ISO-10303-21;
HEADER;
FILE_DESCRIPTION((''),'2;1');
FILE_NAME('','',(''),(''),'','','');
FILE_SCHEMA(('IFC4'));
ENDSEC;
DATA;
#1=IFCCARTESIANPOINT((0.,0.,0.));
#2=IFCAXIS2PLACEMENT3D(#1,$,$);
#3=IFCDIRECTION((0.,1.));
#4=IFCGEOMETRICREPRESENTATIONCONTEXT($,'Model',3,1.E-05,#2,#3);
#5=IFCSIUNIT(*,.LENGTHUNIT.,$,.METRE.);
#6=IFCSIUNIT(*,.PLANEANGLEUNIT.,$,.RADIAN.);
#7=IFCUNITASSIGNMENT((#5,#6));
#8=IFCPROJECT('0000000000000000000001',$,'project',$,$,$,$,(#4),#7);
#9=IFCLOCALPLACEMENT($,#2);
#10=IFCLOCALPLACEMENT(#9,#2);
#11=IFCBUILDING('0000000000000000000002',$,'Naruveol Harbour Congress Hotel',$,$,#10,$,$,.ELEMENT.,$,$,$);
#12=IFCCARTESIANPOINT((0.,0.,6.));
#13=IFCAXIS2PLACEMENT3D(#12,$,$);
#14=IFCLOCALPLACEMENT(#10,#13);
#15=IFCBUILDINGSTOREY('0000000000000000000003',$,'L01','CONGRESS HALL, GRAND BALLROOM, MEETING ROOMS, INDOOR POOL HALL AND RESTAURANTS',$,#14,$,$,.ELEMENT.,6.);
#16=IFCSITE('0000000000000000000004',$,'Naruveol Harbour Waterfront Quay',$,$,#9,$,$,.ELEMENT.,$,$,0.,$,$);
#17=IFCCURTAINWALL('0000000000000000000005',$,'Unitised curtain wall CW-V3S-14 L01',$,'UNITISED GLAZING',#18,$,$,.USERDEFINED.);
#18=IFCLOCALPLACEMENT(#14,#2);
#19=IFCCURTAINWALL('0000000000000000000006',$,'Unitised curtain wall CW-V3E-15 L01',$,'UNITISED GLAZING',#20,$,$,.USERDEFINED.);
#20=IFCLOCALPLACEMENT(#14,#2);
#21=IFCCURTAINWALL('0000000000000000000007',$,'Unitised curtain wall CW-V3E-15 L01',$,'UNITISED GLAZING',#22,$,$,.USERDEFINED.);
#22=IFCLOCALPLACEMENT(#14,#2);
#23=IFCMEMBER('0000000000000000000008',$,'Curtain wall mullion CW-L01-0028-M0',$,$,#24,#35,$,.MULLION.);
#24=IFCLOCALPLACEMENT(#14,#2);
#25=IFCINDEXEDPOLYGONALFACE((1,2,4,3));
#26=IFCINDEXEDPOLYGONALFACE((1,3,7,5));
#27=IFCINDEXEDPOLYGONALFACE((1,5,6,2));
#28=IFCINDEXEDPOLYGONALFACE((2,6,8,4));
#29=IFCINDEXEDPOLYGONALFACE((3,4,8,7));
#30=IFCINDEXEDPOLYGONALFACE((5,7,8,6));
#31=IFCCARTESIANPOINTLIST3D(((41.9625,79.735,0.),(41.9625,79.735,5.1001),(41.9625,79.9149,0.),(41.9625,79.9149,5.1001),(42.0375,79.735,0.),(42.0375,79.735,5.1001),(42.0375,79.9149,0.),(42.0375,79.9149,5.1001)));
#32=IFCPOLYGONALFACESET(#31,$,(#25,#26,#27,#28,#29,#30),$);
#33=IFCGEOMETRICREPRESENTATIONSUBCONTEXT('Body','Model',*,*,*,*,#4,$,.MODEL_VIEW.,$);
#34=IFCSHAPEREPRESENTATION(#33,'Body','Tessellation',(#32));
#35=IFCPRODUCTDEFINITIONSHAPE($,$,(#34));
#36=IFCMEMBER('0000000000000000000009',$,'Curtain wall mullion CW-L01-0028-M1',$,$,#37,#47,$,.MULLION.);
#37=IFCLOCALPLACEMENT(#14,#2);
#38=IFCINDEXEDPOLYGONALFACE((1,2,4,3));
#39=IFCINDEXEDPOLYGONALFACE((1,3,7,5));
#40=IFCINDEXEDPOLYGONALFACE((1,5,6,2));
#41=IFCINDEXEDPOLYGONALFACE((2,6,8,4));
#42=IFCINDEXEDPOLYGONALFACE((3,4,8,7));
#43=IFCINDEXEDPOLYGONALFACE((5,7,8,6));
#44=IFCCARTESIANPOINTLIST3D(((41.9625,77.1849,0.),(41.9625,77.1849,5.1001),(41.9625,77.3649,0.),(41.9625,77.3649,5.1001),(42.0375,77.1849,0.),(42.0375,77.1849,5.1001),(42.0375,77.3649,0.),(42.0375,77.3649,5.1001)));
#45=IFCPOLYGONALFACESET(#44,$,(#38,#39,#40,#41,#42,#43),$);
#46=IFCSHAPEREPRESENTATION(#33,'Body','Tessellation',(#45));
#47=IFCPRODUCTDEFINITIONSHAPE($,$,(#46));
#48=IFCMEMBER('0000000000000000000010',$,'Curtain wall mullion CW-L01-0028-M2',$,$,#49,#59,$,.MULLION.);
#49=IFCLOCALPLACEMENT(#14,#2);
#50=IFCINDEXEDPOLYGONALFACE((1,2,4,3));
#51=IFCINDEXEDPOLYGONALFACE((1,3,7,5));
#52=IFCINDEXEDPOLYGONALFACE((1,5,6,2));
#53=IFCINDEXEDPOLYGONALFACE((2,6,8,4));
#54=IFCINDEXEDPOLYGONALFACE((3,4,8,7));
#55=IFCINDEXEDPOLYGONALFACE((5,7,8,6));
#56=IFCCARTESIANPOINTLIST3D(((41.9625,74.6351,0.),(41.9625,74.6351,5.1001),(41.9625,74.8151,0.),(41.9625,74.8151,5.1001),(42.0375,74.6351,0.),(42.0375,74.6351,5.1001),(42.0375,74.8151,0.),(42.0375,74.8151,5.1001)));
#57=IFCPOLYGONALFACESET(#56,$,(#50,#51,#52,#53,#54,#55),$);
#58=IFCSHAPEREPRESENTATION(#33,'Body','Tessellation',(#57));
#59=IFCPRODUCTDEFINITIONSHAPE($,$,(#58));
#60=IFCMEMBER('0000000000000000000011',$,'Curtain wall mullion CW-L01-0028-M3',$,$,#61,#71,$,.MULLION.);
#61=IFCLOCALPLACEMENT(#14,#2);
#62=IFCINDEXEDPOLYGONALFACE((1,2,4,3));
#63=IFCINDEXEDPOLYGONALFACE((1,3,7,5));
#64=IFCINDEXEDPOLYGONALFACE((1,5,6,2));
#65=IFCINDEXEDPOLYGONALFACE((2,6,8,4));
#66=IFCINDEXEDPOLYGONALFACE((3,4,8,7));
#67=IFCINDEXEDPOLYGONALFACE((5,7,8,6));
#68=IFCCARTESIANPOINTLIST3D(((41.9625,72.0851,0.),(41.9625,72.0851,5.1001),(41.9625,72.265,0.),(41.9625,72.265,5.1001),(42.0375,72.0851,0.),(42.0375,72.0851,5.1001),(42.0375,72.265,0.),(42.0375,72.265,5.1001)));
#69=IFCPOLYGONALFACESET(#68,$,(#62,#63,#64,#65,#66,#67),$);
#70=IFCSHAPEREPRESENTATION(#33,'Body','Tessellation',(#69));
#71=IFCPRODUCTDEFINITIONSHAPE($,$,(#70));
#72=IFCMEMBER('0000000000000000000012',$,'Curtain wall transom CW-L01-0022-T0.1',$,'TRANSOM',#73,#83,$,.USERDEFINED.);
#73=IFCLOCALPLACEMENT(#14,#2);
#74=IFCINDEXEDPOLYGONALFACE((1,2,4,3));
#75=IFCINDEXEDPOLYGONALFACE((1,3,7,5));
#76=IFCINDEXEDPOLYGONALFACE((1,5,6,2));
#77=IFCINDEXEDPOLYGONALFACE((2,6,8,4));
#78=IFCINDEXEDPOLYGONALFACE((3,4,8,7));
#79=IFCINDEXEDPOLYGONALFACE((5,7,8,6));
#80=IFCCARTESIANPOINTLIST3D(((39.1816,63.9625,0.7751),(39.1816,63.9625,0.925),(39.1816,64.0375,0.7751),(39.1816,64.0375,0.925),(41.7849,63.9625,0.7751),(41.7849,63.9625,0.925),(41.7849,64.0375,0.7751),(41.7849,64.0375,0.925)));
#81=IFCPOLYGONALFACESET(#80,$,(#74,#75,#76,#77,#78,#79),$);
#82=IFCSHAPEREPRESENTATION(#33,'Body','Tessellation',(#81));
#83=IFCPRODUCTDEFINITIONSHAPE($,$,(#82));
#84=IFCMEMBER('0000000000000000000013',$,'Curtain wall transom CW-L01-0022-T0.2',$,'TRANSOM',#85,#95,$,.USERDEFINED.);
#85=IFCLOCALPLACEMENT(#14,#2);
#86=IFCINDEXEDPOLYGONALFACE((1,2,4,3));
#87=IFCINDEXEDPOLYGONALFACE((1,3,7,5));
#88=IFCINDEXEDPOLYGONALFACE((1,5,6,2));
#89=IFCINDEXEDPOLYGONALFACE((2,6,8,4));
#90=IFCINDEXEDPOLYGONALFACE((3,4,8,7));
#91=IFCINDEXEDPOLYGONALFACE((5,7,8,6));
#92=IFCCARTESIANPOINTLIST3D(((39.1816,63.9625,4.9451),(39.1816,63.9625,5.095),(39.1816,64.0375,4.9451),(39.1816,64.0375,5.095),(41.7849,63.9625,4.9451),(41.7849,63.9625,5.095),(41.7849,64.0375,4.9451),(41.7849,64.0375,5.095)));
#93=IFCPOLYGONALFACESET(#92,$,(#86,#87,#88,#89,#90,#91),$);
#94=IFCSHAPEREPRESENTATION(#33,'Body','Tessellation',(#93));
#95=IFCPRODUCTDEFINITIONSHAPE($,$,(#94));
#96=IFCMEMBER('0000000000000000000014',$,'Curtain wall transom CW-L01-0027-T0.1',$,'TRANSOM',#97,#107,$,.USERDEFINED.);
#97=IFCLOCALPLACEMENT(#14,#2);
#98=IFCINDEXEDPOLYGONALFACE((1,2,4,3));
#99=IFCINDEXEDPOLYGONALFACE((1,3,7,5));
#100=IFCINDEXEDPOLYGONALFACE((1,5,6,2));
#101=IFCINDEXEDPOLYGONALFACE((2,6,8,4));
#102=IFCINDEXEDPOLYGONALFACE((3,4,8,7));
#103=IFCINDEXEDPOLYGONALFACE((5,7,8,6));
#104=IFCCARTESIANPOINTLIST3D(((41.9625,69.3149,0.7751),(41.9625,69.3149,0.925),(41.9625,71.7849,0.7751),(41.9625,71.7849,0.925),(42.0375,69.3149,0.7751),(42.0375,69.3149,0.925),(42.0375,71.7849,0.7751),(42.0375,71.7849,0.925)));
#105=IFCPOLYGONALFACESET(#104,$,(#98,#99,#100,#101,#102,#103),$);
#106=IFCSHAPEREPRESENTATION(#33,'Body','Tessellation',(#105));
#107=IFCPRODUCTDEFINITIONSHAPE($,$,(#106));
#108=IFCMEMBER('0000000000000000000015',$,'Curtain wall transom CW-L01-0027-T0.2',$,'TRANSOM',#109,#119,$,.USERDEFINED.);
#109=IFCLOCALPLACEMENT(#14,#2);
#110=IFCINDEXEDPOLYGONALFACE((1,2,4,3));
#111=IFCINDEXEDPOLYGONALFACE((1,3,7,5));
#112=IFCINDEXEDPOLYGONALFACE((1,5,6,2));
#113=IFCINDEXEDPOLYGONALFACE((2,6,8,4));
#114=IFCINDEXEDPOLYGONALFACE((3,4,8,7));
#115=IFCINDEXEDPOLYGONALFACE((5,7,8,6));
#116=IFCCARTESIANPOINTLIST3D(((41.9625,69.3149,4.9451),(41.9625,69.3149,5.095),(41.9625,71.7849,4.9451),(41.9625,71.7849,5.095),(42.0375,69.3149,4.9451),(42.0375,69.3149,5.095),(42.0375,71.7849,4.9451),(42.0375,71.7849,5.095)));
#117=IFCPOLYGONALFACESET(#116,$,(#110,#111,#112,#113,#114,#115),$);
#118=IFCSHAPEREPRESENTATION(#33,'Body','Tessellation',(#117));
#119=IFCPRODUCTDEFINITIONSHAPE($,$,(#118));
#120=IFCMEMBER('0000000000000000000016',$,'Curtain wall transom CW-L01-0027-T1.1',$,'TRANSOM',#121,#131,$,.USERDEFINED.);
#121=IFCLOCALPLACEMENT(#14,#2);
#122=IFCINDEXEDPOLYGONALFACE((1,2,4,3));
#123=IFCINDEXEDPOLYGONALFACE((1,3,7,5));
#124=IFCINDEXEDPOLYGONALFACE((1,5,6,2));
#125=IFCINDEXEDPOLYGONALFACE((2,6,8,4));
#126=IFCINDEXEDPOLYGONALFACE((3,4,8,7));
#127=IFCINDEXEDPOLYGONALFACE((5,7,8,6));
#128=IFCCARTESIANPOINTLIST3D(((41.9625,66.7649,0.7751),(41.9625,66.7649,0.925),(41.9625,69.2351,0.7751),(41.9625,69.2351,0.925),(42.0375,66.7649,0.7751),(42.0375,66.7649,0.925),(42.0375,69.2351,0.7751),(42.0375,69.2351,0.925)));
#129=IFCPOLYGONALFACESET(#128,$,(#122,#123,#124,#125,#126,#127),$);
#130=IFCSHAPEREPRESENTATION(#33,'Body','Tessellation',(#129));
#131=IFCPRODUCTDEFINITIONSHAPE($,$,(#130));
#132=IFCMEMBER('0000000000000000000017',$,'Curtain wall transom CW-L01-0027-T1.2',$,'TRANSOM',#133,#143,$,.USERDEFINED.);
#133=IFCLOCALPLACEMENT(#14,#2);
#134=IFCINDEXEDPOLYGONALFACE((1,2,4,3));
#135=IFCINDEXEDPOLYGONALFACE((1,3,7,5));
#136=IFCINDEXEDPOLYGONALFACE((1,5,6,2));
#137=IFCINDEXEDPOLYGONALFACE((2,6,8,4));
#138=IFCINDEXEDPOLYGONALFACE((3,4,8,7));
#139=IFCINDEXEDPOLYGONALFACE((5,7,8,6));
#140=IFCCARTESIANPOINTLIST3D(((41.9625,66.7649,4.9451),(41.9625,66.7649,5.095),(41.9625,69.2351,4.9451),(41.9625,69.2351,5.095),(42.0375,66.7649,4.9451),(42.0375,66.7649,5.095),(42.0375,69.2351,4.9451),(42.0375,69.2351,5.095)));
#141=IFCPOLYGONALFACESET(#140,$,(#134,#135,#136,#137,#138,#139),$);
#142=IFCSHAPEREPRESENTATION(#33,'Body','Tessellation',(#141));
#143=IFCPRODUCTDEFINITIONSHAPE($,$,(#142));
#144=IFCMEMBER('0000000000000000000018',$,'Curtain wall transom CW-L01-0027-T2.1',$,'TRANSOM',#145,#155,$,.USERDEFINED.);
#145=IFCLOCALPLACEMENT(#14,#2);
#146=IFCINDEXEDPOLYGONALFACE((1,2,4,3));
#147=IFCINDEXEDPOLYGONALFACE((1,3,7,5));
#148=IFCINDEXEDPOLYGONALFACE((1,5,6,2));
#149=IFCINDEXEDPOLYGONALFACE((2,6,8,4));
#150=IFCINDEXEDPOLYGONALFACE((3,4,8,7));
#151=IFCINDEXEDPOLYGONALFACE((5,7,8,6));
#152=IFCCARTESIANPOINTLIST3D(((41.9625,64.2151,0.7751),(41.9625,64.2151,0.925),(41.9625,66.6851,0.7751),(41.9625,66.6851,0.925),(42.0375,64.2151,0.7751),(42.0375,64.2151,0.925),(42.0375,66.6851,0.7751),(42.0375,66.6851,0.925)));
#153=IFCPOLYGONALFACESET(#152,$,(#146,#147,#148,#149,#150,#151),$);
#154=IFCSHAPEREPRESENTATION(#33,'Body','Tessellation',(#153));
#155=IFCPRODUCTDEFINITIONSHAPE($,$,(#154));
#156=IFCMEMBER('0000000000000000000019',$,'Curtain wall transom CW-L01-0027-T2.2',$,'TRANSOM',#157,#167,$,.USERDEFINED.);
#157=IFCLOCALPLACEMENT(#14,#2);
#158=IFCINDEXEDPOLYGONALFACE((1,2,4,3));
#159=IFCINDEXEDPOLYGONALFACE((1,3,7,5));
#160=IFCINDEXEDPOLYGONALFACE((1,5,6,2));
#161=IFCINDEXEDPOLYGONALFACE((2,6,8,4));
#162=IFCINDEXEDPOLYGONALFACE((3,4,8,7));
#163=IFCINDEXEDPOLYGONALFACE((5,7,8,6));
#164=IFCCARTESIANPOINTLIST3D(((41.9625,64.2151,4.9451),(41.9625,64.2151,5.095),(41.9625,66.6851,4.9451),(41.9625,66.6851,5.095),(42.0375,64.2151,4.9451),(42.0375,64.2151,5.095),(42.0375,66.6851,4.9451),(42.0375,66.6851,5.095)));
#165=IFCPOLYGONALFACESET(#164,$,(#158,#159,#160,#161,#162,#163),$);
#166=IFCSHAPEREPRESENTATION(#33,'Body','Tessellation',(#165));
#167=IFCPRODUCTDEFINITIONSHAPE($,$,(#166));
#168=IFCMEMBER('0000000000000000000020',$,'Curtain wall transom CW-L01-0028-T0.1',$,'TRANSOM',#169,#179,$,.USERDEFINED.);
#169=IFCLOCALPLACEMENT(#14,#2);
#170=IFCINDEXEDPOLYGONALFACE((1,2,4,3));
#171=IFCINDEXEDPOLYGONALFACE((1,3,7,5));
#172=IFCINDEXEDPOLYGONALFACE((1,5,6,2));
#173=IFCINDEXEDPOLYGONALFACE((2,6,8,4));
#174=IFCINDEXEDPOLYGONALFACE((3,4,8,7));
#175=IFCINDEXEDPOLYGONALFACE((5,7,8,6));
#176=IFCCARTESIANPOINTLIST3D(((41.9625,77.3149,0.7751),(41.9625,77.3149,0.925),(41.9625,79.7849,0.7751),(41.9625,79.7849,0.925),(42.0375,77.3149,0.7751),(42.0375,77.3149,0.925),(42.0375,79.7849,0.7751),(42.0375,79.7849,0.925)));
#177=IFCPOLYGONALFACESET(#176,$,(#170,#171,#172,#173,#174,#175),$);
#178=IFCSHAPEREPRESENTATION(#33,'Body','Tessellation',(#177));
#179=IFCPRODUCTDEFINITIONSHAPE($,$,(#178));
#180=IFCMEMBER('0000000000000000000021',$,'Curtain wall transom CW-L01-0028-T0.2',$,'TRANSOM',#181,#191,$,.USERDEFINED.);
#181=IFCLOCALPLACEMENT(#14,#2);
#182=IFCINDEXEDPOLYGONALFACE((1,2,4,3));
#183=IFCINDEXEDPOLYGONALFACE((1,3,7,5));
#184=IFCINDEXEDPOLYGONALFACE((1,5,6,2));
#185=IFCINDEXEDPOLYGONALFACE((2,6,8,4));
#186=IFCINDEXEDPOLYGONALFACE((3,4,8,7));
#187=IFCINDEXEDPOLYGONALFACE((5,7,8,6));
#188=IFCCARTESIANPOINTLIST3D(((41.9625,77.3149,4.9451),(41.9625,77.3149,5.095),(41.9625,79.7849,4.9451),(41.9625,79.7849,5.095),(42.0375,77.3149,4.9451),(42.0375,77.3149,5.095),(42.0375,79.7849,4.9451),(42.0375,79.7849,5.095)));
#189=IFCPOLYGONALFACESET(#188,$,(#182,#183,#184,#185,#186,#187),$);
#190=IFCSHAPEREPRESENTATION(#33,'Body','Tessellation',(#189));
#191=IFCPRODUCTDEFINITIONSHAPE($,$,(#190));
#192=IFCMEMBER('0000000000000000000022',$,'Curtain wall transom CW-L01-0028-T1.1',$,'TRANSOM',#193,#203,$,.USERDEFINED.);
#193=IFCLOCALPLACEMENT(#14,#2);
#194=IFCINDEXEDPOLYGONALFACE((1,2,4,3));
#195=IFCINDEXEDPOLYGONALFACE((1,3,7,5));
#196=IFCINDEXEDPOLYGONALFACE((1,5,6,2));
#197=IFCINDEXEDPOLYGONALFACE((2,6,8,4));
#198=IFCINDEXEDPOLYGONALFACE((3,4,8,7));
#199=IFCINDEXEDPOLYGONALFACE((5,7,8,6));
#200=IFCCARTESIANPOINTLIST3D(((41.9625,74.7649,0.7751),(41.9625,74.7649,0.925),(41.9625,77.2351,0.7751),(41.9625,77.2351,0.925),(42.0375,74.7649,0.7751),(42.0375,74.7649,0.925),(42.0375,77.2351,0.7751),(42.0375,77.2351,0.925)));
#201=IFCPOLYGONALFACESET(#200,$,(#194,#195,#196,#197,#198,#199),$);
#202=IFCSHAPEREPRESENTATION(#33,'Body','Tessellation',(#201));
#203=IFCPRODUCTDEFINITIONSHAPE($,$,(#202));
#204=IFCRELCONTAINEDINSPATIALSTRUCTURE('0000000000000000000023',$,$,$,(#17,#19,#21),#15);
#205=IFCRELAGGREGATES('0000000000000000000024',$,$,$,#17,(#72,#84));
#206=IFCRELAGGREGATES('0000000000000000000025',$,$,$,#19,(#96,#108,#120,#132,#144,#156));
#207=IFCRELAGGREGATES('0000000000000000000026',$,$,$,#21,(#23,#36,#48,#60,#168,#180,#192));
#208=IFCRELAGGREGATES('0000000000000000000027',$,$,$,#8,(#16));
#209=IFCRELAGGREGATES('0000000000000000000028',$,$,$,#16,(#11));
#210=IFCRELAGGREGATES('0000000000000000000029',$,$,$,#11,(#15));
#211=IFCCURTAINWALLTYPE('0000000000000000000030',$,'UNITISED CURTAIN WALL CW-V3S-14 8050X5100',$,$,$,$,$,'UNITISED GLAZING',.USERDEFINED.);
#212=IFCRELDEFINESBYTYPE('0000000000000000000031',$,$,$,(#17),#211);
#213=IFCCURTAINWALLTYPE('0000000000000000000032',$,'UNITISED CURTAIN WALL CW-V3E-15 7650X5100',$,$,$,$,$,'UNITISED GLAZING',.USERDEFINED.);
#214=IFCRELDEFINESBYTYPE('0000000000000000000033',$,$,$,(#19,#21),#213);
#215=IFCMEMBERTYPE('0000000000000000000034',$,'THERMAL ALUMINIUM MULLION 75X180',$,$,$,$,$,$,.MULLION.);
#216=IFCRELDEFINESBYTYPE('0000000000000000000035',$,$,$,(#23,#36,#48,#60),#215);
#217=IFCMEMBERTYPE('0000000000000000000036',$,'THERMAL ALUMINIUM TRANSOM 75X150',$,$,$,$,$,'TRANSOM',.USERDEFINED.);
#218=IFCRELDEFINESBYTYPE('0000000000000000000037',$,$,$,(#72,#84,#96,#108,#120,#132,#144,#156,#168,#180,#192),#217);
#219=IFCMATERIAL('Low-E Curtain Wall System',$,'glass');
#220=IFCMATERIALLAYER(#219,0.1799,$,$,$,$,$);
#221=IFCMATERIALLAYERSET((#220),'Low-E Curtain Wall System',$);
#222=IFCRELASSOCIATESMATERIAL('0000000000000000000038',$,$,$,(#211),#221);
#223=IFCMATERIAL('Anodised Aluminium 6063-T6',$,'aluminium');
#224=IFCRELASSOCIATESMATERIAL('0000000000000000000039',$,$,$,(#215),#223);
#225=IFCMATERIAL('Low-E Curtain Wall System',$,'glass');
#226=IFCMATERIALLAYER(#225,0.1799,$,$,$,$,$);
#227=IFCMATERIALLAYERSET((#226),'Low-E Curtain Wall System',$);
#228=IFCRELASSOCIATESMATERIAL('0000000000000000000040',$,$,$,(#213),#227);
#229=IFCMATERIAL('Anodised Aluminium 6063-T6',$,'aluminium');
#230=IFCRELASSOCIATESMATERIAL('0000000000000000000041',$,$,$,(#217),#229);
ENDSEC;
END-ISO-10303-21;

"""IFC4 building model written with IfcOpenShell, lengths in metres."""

from ifc_helpers import new_model, si_unit, direction, frame, origin, origin_2d, place, context, subcontext, project, spatial, rectangle, extrude, material, layer, layer_set, material_profile, profile_set, type_object, element, aggregate, save


model = new_model("IFC4")

# Units and contexts
model_context = context("Model", 3, precision=1e-05, world=origin(), true_north=direction((0.0, 1.0)))
body_context = subcontext(model_context, "Body", "Model", "MODEL_VIEW")
ifc_project = project(units=[si_unit("LENGTHUNIT", "METRE"), si_unit("PLANEANGLEUNIT", "RADIAN")], contexts=[model_context])

# Site, building, storey
site_placement = place(None, origin())
site = spatial("IfcSite", under=ifc_project, at=site_placement, Name="Naruveol Harbour Waterfront Quay", CompositionType="ELEMENT", RefElevation=0.0)
building_placement = place(site_placement, origin())
building = spatial("IfcBuilding", under=site, at=building_placement, Name="Naruveol Harbour Congress Hotel", CompositionType="ELEMENT")
storey_placement = place(building_placement, frame((0.0, 0.0, 6.0)))
storey = spatial("IfcBuildingStorey", under=building, at=storey_placement, Name="L01", Description="CONGRESS HALL, GRAND BALLROOM, MEETING ROOMS, INDOOR POOL HALL AND RESTAURANTS", CompositionType="ELEMENT", Elevation=6.0)

# Curtain walls, members
ifc_material_1 = material(Name="Low-E Curtain Wall System", Category="glass")
ifc_layer_1 = layer(ifc_material_1, 0.1799)
ifc_layer_set_1 = layer_set([ifc_layer_1], Name="Low-E Curtain Wall System")
curtain_wall_type_1 = type_object("IfcCurtainWallType", Name="UNITISED CURTAIN WALL CW-V3S-14 8050X5100", ElementType="UNITISED GLAZING", PredefinedType="USERDEFINED", material=ifc_layer_set_1)
curtain_wall_1_placement = place(storey_placement, origin())
curtain_wall_1 = element("IfcCurtainWall", 1, at=curtain_wall_1_placement, inside=storey, type_object=curtain_wall_type_1, Name="Unitised curtain wall CW-V3S-14 L01", ObjectType="UNITISED GLAZING", PredefinedType="USERDEFINED")
ifc_material_2 = material(Name="Anodised Aluminium 6063-T6", Category="aluminium")
ifc_material_profile_1 = material_profile(ifc_material_2, rectangle(XDim=0.075, YDim=0.1799, at=origin_2d()), Name="ALU-75x180")
ifc_profile_set_1 = profile_set([ifc_material_profile_1], Name="Anodised Aluminium 6063-T6")
member_type_1 = type_object("IfcMemberType", Name="THERMAL ALUMINIUM MULLION 75X180", PredefinedType="MULLION", material=ifc_profile_set_1)
ifc_material_3 = material(Name="Low-E Curtain Wall System", Category="glass")
ifc_layer_2 = layer(ifc_material_3, 0.1799)
ifc_layer_set_2 = layer_set([ifc_layer_2], Name="Low-E Curtain Wall System")
curtain_wall_type_2 = type_object("IfcCurtainWallType", Name="UNITISED CURTAIN WALL CW-V3E-15 7650X5100", ElementType="UNITISED GLAZING", PredefinedType="USERDEFINED", material=ifc_layer_set_2)
curtain_wall_2_placement = place(storey_placement, origin())
curtain_wall_2 = element("IfcCurtainWall", 2, at=curtain_wall_2_placement, inside=storey, type_object=curtain_wall_type_2, Name="Unitised curtain wall CW-V3E-15 L01", ObjectType="UNITISED GLAZING", PredefinedType="USERDEFINED")
curtain_wall_3_placement = place(storey_placement, origin())
curtain_wall_3 = element("IfcCurtainWall", 3, at=curtain_wall_3_placement, inside=storey, type_object=curtain_wall_type_2, Name="Unitised curtain wall CW-V3E-15 L01", ObjectType="UNITISED GLAZING", PredefinedType="USERDEFINED")
member_1_placement = place(storey_placement, frame((42.0, 79.825, 0.0), z_axis=(0.0, 0.0, 1.0), x_axis=(1.0, 0.0, 0.0)))
member_1 = element("IfcMember", 4, at=member_1_placement, type_object=member_type_1, Name="Curtain wall mullion CW-L01-0028-M0", PredefinedType="MULLION", context=body_context, shape_type="SweptSolid", body=[
    extrude(rectangle(XDim=0.075, YDim=0.1799, at=origin_2d()), origin(), (0.0, 0.0, 1.0), 5.1001),
])
member_2_placement = place(storey_placement, frame((42.0, 77.2749, 0.0), z_axis=(0.0, 0.0, 1.0), x_axis=(1.0, 0.0, 0.0)))
member_2 = element("IfcMember", 5, at=member_2_placement, type_object=member_type_1, Name="Curtain wall mullion CW-L01-0028-M1", PredefinedType="MULLION", context=body_context, shape_type="SweptSolid", body=[
    extrude(rectangle(XDim=0.075, YDim=0.1799, at=origin_2d()), origin(), (0.0, 0.0, 1.0), 5.1001),
])
member_3_placement = place(storey_placement, frame((42.0, 74.7251, 0.0), z_axis=(0.0, 0.0, 1.0), x_axis=(1.0, 0.0, 0.0)))
member_3 = element("IfcMember", 6, at=member_3_placement, type_object=member_type_1, Name="Curtain wall mullion CW-L01-0028-M2", PredefinedType="MULLION", context=body_context, shape_type="SweptSolid", body=[
    extrude(rectangle(XDim=0.075, YDim=0.1799, at=origin_2d()), origin(), (0.0, 0.0, 1.0), 5.1001),
])
member_4_placement = place(storey_placement, frame((42.0, 72.175, 0.0), z_axis=(0.0, 0.0, 1.0), x_axis=(1.0, 0.0, 0.0)))
member_4 = element("IfcMember", 7, at=member_4_placement, type_object=member_type_1, Name="Curtain wall mullion CW-L01-0028-M3", PredefinedType="MULLION", context=body_context, shape_type="SweptSolid", body=[
    extrude(rectangle(XDim=0.075, YDim=0.1799, at=origin_2d()), origin(), (0.0, 0.0, 1.0), 5.1001),
])

# Members
ifc_material_4 = material(Name="Anodised Aluminium 6063-T6", Category="aluminium")
ifc_material_profile_2 = material_profile(ifc_material_4, rectangle(XDim=0.075, YDim=0.1499, at=origin_2d()), Name="ALU-75x150")
ifc_profile_set_2 = profile_set([ifc_material_profile_2], Name="Anodised Aluminium 6063-T6")
member_type_2 = type_object("IfcMemberType", Name="THERMAL ALUMINIUM TRANSOM 75X150", ElementType="TRANSOM", PredefinedType="USERDEFINED", material=ifc_profile_set_2)
member_5_placement = place(storey_placement, frame((41.7849, 64.0, 0.8501), z_axis=(-1.0, 0.0, 0.0), x_axis=(0.0, -1.0, 0.0)))
member_5 = element("IfcMember", 8, at=member_5_placement, type_object=member_type_2, Name="Curtain wall transom CW-L01-0022-T0.1", ObjectType="TRANSOM", PredefinedType="USERDEFINED", context=body_context, shape_type="SweptSolid", body=[
    extrude(rectangle(XDim=0.075, YDim=0.1499, at=origin_2d()), origin(), (0.0, 0.0, 1.0), 2.6033),
])
member_6_placement = place(storey_placement, frame((41.7849, 64.0, 5.02), z_axis=(-1.0, 0.0, 0.0), x_axis=(0.0, -1.0, 0.0)))
member_6 = element("IfcMember", 9, at=member_6_placement, type_object=member_type_2, Name="Curtain wall transom CW-L01-0022-T0.2", ObjectType="TRANSOM", PredefinedType="USERDEFINED", context=body_context, shape_type="SweptSolid", body=[
    extrude(rectangle(XDim=0.075, YDim=0.1499, at=origin_2d()), origin(), (0.0, 0.0, 1.0), 2.6033),
])
aggregate(curtain_wall_1, [member_5, member_6])
member_7_placement = place(storey_placement, frame((42.0, 71.7849, 0.8501), z_axis=(0.0, -1.0, 0.0), x_axis=(1.0, 0.0, 0.0)))
member_7 = element("IfcMember", 10, at=member_7_placement, type_object=member_type_2, Name="Curtain wall transom CW-L01-0027-T0.1", ObjectType="TRANSOM", PredefinedType="USERDEFINED", context=body_context, shape_type="SweptSolid", body=[
    extrude(rectangle(XDim=0.075, YDim=0.1499, at=origin_2d()), origin(), (0.0, 0.0, 1.0), 2.47),
])
member_8_placement = place(storey_placement, frame((42.0, 71.7849, 5.02), z_axis=(0.0, -1.0, 0.0), x_axis=(1.0, 0.0, 0.0)))
member_8 = element("IfcMember", 11, at=member_8_placement, type_object=member_type_2, Name="Curtain wall transom CW-L01-0027-T0.2", ObjectType="TRANSOM", PredefinedType="USERDEFINED", context=body_context, shape_type="SweptSolid", body=[
    extrude(rectangle(XDim=0.075, YDim=0.1499, at=origin_2d()), origin(), (0.0, 0.0, 1.0), 2.47),
])
member_9_placement = place(storey_placement, frame((42.0, 69.2351, 0.8501), z_axis=(0.0, -1.0, 0.0), x_axis=(1.0, 0.0, 0.0)))
member_9 = element("IfcMember", 12, at=member_9_placement, type_object=member_type_2, Name="Curtain wall transom CW-L01-0027-T1.1", ObjectType="TRANSOM", PredefinedType="USERDEFINED", context=body_context, shape_type="SweptSolid", body=[
    extrude(rectangle(XDim=0.075, YDim=0.1499, at=origin_2d()), origin(), (0.0, 0.0, 1.0), 2.4702),
])
member_10_placement = place(storey_placement, frame((42.0, 69.2351, 5.02), z_axis=(0.0, -1.0, 0.0), x_axis=(1.0, 0.0, 0.0)))
member_10 = element("IfcMember", 13, at=member_10_placement, type_object=member_type_2, Name="Curtain wall transom CW-L01-0027-T1.2", ObjectType="TRANSOM", PredefinedType="USERDEFINED", context=body_context, shape_type="SweptSolid", body=[
    extrude(rectangle(XDim=0.075, YDim=0.1499, at=origin_2d()), origin(), (0.0, 0.0, 1.0), 2.4702),
])
member_11_placement = place(storey_placement, frame((42.0, 66.6851, 0.8501), z_axis=(0.0, -1.0, 0.0), x_axis=(1.0, 0.0, 0.0)))
member_11 = element("IfcMember", 14, at=member_11_placement, type_object=member_type_2, Name="Curtain wall transom CW-L01-0027-T2.1", ObjectType="TRANSOM", PredefinedType="USERDEFINED", context=body_context, shape_type="SweptSolid", body=[
    extrude(rectangle(XDim=0.075, YDim=0.1499, at=origin_2d()), origin(), (0.0, 0.0, 1.0), 2.47),
])
member_12_placement = place(storey_placement, frame((42.0, 66.6851, 5.02), z_axis=(0.0, -1.0, 0.0), x_axis=(1.0, 0.0, 0.0)))
member_12 = element("IfcMember", 15, at=member_12_placement, type_object=member_type_2, Name="Curtain wall transom CW-L01-0027-T2.2", ObjectType="TRANSOM", PredefinedType="USERDEFINED", context=body_context, shape_type="SweptSolid", body=[
    extrude(rectangle(XDim=0.075, YDim=0.1499, at=origin_2d()), origin(), (0.0, 0.0, 1.0), 2.47),
])
aggregate(curtain_wall_2, [member_7, member_8, member_9, member_10, member_11, member_12])
member_13_placement = place(storey_placement, frame((42.0, 79.7849, 0.8501), z_axis=(0.0, -1.0, 0.0), x_axis=(1.0, 0.0, 0.0)))
member_13 = element("IfcMember", 16, at=member_13_placement, type_object=member_type_2, Name="Curtain wall transom CW-L01-0028-T0.1", ObjectType="TRANSOM", PredefinedType="USERDEFINED", context=body_context, shape_type="SweptSolid", body=[
    extrude(rectangle(XDim=0.075, YDim=0.1499, at=origin_2d()), origin(), (0.0, 0.0, 1.0), 2.47),
])
member_14_placement = place(storey_placement, frame((42.0, 79.7849, 5.02), z_axis=(0.0, -1.0, 0.0), x_axis=(1.0, 0.0, 0.0)))
member_14 = element("IfcMember", 17, at=member_14_placement, type_object=member_type_2, Name="Curtain wall transom CW-L01-0028-T0.2", ObjectType="TRANSOM", PredefinedType="USERDEFINED", context=body_context, shape_type="SweptSolid", body=[
    extrude(rectangle(XDim=0.075, YDim=0.1499, at=origin_2d()), origin(), (0.0, 0.0, 1.0), 2.47),
])
member_15_placement = place(storey_placement, frame((42.0, 77.2351, 0.8501), z_axis=(0.0, -1.0, 0.0), x_axis=(1.0, 0.0, 0.0)))
member_15 = element("IfcMember", 18, at=member_15_placement, type_object=member_type_2, Name="Curtain wall transom CW-L01-0028-T1.1", ObjectType="TRANSOM", PredefinedType="USERDEFINED", context=body_context, shape_type="SweptSolid", body=[
    extrude(rectangle(XDim=0.075, YDim=0.1499, at=origin_2d()), origin(), (0.0, 0.0, 1.0), 2.4702),
])
aggregate(curtain_wall_3, [member_1, member_2, member_3, member_4, member_13, member_14, member_15])

save(model, "model.ifc")
